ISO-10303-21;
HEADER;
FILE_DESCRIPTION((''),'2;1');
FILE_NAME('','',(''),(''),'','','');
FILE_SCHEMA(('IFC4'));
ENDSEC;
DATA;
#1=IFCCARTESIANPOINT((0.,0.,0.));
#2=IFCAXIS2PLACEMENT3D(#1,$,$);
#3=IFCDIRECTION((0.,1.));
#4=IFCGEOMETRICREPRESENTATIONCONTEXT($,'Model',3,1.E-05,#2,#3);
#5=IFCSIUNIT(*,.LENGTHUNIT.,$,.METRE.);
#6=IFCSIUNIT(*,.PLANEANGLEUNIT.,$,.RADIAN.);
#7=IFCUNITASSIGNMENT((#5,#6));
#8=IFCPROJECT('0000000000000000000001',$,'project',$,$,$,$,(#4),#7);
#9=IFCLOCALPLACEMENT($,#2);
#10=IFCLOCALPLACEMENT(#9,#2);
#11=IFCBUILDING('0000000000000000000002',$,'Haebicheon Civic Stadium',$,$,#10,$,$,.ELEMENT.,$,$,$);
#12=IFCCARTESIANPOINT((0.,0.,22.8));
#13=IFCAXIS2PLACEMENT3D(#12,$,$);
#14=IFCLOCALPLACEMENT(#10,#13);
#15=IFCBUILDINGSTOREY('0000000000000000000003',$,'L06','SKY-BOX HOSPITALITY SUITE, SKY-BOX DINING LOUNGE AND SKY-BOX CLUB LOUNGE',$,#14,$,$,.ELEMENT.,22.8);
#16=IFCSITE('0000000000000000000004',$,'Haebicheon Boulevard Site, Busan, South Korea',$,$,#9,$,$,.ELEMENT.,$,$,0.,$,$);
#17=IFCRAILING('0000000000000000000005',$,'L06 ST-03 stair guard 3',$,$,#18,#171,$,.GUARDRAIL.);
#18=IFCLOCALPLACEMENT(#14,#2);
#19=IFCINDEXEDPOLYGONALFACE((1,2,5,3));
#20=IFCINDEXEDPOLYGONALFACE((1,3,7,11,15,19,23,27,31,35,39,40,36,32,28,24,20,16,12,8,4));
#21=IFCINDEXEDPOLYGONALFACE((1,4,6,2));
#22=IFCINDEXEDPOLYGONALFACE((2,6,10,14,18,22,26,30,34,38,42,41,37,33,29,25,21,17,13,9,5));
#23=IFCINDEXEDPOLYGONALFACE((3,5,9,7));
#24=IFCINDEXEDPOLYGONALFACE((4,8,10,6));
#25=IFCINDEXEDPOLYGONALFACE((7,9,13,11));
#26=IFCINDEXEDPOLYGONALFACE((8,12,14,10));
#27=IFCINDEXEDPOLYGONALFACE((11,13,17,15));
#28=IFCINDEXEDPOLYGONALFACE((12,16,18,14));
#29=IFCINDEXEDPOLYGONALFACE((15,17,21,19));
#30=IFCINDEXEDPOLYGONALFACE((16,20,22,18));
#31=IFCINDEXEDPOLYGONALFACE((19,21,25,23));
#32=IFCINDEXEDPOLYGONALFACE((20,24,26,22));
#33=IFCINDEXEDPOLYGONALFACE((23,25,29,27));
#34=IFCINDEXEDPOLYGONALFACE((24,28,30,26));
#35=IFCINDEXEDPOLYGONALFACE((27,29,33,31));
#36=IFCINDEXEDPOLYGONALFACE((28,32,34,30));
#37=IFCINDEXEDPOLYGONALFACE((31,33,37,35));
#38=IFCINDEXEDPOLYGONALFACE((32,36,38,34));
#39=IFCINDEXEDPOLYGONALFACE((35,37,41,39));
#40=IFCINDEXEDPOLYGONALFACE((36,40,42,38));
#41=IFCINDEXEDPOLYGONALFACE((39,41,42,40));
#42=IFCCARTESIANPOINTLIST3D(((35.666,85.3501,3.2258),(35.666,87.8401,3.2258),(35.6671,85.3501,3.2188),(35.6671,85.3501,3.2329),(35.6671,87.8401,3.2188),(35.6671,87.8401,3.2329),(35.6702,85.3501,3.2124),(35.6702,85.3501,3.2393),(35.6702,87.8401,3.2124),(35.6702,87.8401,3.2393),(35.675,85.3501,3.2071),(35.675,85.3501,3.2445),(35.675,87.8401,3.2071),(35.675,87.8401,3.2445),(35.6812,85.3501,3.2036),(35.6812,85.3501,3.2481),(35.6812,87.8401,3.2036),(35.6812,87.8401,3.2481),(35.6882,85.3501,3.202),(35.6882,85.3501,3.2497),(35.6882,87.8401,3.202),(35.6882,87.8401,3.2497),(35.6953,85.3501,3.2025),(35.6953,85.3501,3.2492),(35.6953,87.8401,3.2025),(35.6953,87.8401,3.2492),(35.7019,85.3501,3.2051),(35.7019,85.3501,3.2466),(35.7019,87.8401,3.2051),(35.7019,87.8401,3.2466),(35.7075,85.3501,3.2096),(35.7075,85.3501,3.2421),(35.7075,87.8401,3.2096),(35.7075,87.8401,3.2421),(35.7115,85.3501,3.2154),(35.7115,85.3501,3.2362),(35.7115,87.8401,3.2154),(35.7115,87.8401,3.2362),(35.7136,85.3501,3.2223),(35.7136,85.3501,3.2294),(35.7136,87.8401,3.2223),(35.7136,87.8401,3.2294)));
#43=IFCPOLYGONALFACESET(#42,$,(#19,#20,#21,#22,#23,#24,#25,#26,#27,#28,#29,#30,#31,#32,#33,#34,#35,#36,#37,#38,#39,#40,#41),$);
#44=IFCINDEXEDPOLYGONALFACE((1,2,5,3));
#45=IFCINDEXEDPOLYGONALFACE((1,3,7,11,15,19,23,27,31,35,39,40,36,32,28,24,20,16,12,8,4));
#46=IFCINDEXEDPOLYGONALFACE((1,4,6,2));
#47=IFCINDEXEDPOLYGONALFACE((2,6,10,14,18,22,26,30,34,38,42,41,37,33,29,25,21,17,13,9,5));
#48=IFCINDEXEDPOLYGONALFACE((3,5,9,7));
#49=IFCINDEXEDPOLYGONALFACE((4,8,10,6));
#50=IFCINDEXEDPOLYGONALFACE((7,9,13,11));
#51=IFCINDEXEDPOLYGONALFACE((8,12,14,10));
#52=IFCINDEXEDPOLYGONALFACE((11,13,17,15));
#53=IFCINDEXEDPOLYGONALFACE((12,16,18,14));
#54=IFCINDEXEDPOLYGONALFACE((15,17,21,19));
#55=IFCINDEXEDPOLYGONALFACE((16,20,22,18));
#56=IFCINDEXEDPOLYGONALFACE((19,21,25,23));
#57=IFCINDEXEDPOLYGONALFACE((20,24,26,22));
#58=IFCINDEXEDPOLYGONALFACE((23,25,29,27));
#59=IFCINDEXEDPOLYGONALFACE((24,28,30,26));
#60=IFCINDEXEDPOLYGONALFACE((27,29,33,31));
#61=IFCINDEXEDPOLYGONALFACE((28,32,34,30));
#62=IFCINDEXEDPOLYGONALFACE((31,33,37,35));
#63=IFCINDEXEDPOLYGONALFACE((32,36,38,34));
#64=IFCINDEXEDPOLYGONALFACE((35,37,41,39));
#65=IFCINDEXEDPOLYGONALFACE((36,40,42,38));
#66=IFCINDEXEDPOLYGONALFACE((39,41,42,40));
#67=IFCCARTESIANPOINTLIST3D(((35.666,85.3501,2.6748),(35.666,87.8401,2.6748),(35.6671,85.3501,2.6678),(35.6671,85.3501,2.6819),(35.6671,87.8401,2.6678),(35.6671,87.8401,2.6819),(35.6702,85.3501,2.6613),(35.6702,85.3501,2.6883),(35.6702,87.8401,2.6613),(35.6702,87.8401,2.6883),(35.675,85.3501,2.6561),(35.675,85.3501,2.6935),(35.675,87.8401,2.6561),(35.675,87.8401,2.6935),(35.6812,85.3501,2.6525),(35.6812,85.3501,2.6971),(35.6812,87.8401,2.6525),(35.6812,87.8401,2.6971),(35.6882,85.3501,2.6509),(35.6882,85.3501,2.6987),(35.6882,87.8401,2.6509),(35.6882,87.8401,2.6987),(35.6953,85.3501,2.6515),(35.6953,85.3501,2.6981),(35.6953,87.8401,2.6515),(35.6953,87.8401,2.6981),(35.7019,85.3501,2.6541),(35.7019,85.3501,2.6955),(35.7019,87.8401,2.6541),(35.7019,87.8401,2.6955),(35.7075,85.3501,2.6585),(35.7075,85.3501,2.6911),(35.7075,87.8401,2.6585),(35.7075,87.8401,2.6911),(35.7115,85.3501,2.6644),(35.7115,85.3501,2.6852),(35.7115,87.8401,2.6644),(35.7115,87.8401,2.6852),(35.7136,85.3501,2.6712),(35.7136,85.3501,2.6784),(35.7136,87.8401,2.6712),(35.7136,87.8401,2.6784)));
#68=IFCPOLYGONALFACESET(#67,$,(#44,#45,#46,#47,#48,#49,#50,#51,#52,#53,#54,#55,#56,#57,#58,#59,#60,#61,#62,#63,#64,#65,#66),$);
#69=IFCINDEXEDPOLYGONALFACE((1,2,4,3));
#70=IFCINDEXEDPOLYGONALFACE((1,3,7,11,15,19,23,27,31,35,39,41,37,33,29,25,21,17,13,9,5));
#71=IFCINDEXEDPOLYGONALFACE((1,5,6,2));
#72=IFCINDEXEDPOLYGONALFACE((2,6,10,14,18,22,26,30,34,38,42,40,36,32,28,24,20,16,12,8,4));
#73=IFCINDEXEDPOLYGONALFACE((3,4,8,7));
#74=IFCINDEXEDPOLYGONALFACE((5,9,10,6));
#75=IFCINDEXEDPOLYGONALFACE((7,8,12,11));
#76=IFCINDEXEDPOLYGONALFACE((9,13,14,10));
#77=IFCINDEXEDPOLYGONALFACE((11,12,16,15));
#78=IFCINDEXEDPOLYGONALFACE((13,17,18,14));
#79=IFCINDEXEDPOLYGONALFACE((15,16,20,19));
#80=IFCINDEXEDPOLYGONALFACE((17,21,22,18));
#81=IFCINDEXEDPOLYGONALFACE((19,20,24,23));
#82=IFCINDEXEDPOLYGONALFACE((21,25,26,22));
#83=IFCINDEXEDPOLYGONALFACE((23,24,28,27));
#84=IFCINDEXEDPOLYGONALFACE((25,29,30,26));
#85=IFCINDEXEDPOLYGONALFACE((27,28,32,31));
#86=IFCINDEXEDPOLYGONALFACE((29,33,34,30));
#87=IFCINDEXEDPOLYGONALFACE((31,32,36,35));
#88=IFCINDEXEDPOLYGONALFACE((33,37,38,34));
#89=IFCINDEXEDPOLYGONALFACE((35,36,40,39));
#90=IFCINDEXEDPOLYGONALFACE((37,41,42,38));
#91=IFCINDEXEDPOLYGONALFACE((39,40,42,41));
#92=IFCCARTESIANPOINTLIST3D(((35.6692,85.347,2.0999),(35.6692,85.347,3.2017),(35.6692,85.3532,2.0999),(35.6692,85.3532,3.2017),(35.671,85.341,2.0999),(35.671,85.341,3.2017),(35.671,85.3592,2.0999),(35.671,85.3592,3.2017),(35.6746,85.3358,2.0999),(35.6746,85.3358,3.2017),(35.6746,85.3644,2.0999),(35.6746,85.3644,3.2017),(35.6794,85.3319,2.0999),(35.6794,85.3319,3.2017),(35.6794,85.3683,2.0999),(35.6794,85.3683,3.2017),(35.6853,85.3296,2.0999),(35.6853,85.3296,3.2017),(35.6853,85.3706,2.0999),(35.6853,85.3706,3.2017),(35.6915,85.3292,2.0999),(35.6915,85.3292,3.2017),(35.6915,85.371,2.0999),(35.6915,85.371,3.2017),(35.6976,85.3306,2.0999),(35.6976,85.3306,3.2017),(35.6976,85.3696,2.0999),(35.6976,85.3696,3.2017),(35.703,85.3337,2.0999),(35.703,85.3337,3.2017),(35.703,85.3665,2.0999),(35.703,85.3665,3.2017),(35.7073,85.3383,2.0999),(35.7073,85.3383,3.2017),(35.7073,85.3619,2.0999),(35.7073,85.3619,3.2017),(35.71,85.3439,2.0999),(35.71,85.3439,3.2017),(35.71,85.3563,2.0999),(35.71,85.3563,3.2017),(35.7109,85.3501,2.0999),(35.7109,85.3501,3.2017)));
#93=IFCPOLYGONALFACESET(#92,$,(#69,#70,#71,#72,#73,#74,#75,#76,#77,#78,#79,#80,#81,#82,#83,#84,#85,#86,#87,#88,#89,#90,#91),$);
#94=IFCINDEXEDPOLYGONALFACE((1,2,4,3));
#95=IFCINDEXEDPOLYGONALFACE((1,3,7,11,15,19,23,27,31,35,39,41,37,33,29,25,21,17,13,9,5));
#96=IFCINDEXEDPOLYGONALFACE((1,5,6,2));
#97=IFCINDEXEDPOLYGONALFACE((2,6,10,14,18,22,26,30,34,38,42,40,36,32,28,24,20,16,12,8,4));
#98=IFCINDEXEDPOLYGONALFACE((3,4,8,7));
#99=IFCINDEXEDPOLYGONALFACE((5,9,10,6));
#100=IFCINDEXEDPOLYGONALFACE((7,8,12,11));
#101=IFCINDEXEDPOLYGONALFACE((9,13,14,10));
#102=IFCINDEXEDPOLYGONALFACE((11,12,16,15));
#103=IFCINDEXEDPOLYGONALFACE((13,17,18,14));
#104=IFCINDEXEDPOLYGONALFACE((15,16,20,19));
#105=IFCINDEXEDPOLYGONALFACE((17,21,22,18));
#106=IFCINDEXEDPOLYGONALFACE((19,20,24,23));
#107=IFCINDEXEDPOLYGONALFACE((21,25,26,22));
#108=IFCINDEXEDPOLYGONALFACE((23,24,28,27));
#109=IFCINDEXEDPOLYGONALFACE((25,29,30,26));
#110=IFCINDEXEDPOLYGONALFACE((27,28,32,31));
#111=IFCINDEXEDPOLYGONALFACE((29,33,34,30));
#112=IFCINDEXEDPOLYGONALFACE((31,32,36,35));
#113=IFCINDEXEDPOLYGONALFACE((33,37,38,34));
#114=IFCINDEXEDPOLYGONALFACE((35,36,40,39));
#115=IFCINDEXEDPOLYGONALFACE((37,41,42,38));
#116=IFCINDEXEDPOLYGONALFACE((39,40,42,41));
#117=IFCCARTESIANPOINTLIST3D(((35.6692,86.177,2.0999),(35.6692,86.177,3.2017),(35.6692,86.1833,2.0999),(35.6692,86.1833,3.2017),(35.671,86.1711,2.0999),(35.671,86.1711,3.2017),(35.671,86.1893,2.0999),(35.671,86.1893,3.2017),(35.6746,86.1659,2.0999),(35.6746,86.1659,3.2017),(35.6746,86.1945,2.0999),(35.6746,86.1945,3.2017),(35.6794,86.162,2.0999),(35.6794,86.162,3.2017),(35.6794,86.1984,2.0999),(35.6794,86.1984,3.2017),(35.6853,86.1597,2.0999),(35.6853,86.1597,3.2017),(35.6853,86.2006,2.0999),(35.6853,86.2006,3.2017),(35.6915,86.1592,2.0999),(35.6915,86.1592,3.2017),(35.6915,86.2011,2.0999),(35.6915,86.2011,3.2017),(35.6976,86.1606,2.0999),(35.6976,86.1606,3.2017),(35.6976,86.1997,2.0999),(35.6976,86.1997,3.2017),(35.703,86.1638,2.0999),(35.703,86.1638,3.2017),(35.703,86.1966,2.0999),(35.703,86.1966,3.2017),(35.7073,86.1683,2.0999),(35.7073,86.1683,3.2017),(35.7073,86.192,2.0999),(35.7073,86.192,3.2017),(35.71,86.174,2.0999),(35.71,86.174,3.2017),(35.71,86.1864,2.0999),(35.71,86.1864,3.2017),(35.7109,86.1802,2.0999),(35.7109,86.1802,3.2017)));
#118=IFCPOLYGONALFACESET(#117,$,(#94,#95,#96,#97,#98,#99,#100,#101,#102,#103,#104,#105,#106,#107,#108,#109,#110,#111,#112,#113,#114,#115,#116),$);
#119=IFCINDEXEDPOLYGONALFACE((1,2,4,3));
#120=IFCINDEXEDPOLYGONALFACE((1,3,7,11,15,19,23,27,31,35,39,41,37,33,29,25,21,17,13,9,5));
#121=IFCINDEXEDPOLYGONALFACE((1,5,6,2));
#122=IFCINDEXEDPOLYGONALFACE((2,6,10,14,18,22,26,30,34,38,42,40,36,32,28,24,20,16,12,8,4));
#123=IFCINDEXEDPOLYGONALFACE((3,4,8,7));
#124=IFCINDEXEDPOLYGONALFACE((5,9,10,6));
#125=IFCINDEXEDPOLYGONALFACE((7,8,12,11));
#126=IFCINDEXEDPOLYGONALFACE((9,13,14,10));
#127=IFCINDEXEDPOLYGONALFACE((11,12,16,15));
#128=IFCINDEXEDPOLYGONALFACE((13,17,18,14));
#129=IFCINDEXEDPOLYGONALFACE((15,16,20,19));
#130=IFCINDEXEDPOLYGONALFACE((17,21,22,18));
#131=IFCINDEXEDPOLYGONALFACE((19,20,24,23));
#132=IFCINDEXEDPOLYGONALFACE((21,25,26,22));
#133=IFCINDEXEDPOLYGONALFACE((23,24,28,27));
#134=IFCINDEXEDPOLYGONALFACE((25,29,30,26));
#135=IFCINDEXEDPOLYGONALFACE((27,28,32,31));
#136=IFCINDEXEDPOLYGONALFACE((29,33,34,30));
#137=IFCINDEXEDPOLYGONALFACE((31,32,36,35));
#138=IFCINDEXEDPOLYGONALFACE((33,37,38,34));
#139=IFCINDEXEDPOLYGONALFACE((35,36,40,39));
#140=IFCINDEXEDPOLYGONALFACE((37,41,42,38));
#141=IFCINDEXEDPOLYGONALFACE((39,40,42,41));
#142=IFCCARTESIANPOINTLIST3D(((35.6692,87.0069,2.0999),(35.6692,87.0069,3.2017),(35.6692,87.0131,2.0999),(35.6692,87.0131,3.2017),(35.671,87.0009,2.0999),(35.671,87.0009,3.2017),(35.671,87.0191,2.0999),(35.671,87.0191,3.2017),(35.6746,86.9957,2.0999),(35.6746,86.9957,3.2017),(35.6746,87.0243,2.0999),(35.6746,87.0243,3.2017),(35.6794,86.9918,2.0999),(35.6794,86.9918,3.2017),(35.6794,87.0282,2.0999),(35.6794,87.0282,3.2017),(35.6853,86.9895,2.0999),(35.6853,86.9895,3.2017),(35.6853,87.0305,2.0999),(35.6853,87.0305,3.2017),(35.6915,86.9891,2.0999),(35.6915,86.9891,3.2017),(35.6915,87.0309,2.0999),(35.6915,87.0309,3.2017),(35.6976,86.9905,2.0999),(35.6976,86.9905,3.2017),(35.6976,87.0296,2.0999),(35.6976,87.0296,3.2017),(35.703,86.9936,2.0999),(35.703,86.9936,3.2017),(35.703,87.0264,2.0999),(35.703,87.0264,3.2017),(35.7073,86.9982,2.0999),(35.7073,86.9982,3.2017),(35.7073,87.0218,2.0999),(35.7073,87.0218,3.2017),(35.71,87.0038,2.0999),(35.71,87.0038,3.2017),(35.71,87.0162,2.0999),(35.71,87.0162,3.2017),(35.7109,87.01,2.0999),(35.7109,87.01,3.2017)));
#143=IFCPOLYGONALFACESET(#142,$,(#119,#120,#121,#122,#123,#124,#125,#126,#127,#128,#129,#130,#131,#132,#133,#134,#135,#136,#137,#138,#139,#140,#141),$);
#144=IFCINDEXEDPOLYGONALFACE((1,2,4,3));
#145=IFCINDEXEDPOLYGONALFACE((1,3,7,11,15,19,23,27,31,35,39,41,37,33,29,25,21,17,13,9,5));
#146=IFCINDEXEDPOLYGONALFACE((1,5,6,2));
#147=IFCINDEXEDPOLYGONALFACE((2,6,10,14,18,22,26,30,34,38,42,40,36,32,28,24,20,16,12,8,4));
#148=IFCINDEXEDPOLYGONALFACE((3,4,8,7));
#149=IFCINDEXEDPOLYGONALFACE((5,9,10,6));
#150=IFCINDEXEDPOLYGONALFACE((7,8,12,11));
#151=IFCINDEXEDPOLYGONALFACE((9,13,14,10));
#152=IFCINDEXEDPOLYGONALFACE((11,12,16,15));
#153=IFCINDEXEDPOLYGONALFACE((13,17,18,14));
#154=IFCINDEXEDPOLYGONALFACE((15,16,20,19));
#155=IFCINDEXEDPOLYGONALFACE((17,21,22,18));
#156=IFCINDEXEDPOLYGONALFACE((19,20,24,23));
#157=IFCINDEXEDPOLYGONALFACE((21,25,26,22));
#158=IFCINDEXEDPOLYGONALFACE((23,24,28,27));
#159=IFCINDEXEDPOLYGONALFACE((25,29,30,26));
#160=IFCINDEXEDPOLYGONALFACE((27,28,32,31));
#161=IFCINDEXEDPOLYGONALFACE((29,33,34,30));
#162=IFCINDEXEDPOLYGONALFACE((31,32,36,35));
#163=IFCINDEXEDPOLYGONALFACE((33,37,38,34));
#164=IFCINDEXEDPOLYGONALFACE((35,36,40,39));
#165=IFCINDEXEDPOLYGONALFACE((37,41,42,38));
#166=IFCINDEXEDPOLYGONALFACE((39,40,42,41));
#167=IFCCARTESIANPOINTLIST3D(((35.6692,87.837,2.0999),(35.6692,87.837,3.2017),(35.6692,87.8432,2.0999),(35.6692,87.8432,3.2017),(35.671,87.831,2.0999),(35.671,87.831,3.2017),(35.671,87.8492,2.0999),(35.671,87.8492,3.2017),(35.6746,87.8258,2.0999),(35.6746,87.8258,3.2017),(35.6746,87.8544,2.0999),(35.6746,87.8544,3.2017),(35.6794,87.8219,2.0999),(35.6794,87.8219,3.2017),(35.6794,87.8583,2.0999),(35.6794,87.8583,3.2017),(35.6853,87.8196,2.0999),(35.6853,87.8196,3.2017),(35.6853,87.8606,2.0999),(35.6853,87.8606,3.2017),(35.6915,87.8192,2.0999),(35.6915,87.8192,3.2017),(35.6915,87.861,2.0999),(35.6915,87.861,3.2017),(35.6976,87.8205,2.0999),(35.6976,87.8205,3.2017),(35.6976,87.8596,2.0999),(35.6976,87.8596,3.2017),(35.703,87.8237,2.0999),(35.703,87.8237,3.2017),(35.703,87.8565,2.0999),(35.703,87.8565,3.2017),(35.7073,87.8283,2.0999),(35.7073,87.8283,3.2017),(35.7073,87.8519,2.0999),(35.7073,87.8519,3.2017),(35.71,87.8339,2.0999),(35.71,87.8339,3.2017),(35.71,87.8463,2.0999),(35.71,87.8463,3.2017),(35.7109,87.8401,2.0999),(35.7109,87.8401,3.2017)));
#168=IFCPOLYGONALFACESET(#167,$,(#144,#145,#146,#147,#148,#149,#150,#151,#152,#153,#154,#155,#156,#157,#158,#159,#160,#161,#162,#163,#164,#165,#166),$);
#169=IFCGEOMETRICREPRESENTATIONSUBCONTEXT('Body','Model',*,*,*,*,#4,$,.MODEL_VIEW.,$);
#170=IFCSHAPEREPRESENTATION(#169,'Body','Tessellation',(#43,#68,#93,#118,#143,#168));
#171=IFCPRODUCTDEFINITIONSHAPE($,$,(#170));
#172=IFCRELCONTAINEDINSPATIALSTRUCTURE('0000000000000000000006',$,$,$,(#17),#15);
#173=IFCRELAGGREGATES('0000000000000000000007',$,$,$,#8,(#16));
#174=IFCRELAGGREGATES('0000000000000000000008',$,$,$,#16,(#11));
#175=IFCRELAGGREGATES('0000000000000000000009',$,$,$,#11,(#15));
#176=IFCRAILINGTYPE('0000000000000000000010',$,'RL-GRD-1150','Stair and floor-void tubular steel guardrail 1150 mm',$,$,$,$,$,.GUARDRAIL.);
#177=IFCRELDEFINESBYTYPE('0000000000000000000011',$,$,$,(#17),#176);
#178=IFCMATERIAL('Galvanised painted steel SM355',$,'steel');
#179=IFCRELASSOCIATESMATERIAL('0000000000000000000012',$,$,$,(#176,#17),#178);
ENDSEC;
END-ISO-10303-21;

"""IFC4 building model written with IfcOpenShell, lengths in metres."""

from ifc_helpers import new_model, si_unit, direction, frame, origin, origin_2d, place, context, subcontext, project, spatial, circle, extrude, material, type_object, element, save


model = new_model("IFC4")

# Units and contexts
model_context = context("Model", 3, precision=1e-05, world=origin(), true_north=direction((0.0, 1.0)))
body_context = subcontext(model_context, "Body", "Model", "MODEL_VIEW")
ifc_project = project(units=[si_unit("LENGTHUNIT", "METRE"), si_unit("PLANEANGLEUNIT", "RADIAN")], contexts=[model_context])

# Site, building, storey
site_placement = place(None, origin())
site = spatial("IfcSite", under=ifc_project, at=site_placement, Name="Haebicheon Boulevard Site, Busan, South Korea", CompositionType="ELEMENT", RefElevation=0.0)
building_placement = place(site_placement, origin())
building = spatial("IfcBuilding", under=site, at=building_placement, Name="Haebicheon Civic Stadium", CompositionType="ELEMENT")
storey_placement = place(building_placement, frame((0.0, 0.0, 22.8)))
storey = spatial("IfcBuildingStorey", under=building, at=storey_placement, Name="L06", Description="SKY-BOX HOSPITALITY SUITE, SKY-BOX DINING LOUNGE AND SKY-BOX CLUB LOUNGE", CompositionType="ELEMENT", Elevation=22.8)

# Railing
ifc_material_1 = material(Name="Galvanised painted steel SM355", Category="steel")
railing_type = type_object("IfcRailingType", Name="RL-GRD-1150", Description="Stair and floor-void tubular steel guardrail 1150 mm", PredefinedType="GUARDRAIL", material=ifc_material_1)
railing_1_placement = place(storey_placement, frame((35.6899, 85.3501, 2.0999)))
element("IfcRailing", 1, at=railing_1_placement, inside=storey, type_object=railing_type, material=ifc_material_1, Name="L06 ST-03 stair guard 3", PredefinedType="GUARDRAIL", context=body_context, shape_type="SweptSolid", body=[
    extrude(circle(Radius=0.0239, at=origin_2d()), frame((0.0, 0.0, 1.126), z_axis=(0.0, 1.0, 0.0), x_axis=(-1.0, 0.0, 0.0)), (0.0, 0.0, 1.0), 2.49),
    extrude(circle(Radius=0.0239, at=origin_2d()), frame((0.0, 0.0, 0.575), z_axis=(0.0, 1.0, 0.0), x_axis=(-1.0, 0.0, 0.0)), (0.0, 0.0, 1.0), 2.49),
    extrude(circle(Radius=0.021, at=origin_2d()), origin(), (0.0, 0.0, 1.0), 1.1018),
    extrude(circle(Radius=0.021, at=origin_2d()), frame((0.0, 0.8301, 0.0)), (0.0, 0.0, 1.0), 1.1018),
    extrude(circle(Radius=0.021, at=origin_2d()), frame((0.0, 1.6599, 0.0)), (0.0, 0.0, 1.0), 1.1018),
    extrude(circle(Radius=0.021, at=origin_2d()), frame((0.0, 2.49, 0.0)), (0.0, 0.0, 1.0), 1.1018),
])

save(model, "model.ifc")
